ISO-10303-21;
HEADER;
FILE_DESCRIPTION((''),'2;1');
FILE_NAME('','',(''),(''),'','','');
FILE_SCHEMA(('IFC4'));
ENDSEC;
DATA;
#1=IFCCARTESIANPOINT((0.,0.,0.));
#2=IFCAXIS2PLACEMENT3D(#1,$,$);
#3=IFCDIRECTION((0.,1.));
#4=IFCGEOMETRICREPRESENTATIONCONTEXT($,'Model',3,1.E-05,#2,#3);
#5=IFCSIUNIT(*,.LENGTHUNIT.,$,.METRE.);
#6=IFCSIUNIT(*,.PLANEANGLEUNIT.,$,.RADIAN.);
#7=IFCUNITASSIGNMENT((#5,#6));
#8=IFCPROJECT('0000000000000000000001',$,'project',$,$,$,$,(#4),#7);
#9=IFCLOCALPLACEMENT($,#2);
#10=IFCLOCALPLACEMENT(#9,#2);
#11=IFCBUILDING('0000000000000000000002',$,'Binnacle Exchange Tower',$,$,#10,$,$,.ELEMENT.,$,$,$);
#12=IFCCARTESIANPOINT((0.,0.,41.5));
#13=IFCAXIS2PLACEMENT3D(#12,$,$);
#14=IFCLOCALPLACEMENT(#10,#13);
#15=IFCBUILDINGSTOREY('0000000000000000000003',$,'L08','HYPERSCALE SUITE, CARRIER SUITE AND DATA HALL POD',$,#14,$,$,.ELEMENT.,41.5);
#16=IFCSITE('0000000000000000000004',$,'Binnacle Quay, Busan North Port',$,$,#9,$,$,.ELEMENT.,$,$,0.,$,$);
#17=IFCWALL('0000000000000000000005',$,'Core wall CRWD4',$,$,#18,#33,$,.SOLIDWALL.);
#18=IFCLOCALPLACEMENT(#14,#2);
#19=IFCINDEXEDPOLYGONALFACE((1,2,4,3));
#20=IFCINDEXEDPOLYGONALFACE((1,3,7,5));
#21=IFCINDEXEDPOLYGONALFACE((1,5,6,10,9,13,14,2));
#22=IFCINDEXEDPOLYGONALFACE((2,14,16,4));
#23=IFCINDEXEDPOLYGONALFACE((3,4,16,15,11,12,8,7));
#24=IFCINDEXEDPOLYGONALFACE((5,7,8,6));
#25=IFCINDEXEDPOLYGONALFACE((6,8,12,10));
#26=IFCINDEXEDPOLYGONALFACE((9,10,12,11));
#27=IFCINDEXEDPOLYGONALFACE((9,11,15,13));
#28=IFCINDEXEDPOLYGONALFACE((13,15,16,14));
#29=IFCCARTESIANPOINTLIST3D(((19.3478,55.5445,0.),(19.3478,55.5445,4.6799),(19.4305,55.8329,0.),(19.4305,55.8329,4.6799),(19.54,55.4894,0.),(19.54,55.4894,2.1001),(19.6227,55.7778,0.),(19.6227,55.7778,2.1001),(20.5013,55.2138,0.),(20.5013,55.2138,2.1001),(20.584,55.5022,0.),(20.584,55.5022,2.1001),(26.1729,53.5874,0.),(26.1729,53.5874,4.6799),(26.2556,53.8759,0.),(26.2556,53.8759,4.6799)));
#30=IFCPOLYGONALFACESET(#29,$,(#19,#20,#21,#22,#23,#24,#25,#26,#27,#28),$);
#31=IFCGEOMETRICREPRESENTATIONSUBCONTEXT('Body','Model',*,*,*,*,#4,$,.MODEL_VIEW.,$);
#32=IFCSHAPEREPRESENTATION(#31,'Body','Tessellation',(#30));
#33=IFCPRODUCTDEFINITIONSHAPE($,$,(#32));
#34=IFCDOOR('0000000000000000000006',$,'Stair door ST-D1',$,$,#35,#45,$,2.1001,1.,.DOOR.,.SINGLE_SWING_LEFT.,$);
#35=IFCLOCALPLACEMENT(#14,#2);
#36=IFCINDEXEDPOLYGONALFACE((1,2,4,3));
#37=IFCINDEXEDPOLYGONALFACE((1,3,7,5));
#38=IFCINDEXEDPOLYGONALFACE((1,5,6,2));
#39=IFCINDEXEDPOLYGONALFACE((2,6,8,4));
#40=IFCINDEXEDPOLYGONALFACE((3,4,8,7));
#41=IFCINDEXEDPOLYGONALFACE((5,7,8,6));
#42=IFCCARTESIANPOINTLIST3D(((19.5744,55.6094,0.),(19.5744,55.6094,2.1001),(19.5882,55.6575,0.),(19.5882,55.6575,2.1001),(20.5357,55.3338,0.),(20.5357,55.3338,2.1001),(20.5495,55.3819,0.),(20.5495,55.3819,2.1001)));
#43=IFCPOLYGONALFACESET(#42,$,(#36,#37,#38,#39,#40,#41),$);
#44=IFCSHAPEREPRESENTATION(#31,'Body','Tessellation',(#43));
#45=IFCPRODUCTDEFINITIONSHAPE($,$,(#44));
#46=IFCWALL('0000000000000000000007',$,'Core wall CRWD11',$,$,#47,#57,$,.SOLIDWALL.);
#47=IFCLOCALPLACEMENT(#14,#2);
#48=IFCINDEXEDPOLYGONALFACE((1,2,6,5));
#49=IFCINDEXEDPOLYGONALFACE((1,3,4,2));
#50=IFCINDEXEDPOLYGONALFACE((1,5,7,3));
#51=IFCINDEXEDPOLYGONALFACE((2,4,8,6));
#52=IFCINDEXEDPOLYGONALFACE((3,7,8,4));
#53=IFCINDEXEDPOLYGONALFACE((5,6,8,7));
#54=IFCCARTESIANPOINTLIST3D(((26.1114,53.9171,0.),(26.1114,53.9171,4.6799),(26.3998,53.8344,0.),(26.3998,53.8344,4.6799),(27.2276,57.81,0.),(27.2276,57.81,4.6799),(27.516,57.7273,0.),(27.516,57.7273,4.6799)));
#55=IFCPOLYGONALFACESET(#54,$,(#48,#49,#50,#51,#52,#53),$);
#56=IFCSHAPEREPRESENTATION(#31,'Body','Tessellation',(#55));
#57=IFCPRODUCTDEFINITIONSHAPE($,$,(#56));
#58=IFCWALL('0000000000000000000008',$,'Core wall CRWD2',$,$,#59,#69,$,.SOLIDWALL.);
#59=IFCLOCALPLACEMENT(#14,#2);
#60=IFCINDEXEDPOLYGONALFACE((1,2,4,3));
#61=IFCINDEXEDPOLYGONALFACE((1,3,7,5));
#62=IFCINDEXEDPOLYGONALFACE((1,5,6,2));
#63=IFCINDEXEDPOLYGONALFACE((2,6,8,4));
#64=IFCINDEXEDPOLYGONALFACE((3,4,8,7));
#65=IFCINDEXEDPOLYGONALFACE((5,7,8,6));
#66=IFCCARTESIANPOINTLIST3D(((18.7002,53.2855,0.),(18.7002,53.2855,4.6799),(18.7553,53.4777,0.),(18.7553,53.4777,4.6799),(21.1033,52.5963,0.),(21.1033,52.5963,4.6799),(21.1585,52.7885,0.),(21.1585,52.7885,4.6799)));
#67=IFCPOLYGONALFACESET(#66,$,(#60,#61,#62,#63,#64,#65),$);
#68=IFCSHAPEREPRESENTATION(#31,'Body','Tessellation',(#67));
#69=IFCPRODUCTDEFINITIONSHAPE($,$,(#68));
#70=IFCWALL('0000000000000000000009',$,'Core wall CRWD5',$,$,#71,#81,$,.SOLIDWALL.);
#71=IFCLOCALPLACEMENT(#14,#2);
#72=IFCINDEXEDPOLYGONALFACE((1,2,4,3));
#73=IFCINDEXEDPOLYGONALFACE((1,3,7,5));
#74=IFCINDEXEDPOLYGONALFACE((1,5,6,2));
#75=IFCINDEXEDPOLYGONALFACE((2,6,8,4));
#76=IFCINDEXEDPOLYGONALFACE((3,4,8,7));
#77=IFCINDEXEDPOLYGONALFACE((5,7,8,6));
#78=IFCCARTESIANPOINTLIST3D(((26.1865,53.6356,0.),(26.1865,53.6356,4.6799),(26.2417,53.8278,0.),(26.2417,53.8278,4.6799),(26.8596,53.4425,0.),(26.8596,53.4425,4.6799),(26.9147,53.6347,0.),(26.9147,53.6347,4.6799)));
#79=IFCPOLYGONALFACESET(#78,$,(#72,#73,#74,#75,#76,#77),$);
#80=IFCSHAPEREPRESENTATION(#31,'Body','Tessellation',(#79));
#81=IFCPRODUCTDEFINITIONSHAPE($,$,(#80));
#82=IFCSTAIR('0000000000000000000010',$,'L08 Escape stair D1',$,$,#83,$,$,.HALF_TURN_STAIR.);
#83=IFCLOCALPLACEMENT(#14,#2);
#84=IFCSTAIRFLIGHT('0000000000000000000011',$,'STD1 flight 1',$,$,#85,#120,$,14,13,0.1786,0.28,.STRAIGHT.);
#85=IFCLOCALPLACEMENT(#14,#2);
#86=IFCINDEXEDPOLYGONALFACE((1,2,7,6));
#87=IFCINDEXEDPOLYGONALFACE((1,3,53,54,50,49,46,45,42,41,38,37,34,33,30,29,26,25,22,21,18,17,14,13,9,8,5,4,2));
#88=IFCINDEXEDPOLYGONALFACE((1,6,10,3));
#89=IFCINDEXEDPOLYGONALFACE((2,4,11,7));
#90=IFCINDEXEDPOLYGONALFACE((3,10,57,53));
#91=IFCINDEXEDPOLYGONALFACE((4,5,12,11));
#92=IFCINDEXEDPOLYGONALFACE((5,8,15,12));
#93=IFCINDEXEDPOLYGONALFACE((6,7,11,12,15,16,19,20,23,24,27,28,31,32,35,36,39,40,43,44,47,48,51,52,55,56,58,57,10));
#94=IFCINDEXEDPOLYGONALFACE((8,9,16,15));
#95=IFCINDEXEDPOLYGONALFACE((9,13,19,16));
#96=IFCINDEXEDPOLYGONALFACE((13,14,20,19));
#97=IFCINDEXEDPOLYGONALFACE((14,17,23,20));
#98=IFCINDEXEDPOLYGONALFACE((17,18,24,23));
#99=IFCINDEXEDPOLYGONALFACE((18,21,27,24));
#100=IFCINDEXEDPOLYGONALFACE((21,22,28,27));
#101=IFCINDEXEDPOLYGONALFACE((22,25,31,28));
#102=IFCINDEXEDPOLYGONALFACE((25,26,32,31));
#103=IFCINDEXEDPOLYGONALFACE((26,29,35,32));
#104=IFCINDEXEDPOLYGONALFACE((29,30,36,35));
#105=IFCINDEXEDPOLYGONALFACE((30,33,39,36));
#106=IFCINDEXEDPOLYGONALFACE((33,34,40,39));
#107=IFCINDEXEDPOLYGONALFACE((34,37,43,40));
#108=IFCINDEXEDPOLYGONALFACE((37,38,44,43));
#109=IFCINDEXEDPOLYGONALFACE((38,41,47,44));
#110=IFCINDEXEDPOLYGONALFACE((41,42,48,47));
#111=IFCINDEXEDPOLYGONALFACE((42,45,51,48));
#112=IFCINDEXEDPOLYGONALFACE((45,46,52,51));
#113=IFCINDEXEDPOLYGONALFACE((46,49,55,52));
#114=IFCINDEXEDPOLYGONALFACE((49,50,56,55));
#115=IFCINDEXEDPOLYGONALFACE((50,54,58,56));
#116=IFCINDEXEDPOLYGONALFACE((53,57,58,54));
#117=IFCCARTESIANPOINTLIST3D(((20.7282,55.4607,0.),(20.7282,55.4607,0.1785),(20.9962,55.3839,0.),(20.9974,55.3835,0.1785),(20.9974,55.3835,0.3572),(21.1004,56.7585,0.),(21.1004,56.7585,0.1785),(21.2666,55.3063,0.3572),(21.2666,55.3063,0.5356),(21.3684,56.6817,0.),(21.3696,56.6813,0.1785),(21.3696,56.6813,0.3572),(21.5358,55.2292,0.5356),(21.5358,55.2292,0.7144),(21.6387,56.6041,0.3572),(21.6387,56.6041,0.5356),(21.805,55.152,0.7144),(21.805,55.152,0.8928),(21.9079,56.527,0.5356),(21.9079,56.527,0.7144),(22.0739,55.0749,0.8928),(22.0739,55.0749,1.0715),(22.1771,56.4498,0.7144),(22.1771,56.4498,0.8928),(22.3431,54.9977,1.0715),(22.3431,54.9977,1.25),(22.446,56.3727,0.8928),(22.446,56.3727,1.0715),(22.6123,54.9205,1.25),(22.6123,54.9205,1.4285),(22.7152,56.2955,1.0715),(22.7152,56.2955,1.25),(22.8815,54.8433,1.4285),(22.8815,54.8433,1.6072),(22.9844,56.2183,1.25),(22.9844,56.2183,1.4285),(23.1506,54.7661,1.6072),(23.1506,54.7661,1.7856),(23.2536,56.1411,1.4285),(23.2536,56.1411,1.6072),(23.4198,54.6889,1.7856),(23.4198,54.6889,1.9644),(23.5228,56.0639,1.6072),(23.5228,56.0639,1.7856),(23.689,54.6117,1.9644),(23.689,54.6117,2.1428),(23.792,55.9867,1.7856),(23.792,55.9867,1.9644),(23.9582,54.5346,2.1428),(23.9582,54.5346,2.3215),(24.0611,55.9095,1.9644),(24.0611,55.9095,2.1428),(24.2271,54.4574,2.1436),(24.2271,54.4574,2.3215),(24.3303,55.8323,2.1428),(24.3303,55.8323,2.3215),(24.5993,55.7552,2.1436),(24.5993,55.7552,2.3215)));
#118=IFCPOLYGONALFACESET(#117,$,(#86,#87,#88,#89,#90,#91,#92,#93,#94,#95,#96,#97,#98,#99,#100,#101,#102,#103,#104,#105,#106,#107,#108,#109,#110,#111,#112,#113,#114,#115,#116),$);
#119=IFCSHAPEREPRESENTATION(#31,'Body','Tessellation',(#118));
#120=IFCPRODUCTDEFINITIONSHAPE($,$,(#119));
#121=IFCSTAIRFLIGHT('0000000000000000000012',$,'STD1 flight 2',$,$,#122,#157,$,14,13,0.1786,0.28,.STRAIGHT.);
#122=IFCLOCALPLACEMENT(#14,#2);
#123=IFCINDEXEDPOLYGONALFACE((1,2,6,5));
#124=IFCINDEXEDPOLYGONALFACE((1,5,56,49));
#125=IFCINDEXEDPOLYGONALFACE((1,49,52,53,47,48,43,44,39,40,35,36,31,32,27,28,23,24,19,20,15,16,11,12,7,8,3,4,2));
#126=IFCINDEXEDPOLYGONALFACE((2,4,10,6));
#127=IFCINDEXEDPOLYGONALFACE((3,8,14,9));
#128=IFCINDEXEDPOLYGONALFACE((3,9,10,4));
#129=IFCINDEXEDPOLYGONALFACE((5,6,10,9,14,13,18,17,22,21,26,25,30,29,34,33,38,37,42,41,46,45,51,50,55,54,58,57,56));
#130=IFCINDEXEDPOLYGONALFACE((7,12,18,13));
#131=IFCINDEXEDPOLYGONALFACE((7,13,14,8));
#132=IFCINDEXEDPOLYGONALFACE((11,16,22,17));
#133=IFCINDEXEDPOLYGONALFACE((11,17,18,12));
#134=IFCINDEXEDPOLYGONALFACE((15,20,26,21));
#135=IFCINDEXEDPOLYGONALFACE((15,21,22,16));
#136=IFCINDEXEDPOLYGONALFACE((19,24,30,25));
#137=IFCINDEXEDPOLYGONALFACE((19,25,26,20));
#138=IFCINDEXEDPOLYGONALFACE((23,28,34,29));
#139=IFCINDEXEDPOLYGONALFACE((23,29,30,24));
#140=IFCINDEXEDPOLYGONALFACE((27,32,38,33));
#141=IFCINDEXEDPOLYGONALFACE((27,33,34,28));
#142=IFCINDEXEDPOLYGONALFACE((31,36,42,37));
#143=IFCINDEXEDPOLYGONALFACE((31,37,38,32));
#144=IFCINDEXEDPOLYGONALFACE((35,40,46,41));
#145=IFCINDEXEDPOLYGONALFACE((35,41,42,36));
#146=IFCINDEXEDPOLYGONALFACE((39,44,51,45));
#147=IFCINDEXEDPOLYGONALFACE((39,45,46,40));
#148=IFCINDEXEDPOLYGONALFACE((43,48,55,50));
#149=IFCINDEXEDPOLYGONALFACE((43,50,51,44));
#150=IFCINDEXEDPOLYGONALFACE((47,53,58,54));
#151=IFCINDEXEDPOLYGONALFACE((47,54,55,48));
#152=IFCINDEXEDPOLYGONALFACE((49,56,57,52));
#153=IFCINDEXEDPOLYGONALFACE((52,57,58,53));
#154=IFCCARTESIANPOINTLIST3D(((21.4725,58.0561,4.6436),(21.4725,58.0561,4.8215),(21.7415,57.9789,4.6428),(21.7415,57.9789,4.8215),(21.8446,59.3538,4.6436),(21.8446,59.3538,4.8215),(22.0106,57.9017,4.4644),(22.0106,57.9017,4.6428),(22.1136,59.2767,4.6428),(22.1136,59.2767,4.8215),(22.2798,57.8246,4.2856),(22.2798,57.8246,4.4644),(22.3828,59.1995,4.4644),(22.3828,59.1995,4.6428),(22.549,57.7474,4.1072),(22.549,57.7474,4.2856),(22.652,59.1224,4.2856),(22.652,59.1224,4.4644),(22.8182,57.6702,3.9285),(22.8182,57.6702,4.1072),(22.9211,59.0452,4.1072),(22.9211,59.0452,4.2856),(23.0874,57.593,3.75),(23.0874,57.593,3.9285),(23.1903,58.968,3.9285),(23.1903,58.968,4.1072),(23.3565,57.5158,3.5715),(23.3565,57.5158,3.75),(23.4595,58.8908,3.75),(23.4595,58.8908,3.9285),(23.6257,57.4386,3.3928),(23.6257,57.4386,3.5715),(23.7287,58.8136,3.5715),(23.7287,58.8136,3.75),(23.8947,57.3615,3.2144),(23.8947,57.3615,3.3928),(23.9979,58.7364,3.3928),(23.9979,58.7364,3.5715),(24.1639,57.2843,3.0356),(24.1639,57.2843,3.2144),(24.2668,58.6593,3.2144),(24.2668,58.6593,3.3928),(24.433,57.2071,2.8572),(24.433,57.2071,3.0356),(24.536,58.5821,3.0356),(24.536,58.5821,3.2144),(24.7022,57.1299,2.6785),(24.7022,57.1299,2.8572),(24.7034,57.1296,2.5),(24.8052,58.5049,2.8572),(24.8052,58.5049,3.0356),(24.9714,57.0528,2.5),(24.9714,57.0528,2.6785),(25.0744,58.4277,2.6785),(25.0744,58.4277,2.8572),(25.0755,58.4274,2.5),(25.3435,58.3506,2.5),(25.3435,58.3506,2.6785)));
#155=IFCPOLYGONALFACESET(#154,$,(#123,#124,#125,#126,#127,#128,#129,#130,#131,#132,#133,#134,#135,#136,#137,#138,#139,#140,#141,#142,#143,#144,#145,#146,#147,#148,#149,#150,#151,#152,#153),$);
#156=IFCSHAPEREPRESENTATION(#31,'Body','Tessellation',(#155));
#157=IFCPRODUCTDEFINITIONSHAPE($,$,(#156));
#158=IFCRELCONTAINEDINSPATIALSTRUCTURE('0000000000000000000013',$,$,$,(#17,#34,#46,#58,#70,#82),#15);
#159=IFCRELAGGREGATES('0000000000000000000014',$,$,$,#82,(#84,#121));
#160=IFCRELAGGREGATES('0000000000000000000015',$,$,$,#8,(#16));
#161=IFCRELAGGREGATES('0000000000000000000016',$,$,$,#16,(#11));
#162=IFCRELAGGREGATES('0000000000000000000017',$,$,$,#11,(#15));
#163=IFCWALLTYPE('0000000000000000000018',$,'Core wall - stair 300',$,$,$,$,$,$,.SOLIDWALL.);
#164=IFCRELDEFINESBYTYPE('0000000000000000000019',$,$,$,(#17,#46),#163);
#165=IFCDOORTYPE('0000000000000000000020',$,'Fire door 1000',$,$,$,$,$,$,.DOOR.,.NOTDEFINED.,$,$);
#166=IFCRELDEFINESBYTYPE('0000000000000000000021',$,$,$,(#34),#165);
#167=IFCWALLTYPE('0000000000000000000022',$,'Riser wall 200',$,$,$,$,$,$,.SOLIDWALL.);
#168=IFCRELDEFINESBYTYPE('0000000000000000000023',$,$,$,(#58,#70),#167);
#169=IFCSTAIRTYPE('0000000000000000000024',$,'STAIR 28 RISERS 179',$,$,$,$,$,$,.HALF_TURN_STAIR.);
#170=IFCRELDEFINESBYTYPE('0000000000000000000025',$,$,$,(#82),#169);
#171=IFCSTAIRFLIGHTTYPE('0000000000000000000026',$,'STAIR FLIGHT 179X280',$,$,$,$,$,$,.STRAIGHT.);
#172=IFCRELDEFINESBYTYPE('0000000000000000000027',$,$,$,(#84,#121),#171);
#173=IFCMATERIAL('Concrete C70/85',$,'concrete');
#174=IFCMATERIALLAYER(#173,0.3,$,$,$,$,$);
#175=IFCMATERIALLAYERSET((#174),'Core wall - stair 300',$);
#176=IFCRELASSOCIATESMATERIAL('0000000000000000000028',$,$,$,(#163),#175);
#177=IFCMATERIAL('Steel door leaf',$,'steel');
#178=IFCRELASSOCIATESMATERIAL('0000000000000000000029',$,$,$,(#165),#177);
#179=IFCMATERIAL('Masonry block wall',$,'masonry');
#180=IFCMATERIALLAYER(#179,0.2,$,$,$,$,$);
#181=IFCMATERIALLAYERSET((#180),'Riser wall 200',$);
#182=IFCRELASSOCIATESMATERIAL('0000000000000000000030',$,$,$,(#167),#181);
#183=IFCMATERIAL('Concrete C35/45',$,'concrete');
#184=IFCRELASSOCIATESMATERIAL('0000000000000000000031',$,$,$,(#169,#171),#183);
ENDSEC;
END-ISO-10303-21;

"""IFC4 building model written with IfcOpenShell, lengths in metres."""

from ifc_helpers import new_model, si_unit, direction, frame, frame_2d, origin, place, context, subcontext, project, spatial, polyline, rectangle, outline, extrude, material, layer, layer_set, type_object, element, fill, aggregate, save


model = new_model("IFC4")

# Units and contexts
model_context = context("Model", 3, precision=1e-05, world=origin(), true_north=direction((0.0, 1.0)))
body_context = subcontext(model_context, "Body", "Model", "MODEL_VIEW")
ifc_project = project(units=[si_unit("LENGTHUNIT", "METRE"), si_unit("PLANEANGLEUNIT", "RADIAN")], contexts=[model_context])

# Site, building, storey
site_placement = place(None, origin())
site = spatial("IfcSite", under=ifc_project, at=site_placement, Name="Binnacle Quay, Busan North Port", CompositionType="ELEMENT", RefElevation=0.0)
building_placement = place(site_placement, origin())
building = spatial("IfcBuilding", under=site, at=building_placement, Name="Binnacle Exchange Tower", CompositionType="ELEMENT")
storey_placement = place(building_placement, frame((0.0, 0.0, 41.5)))
storey = spatial("IfcBuildingStorey", under=building, at=storey_placement, Name="L08", Description="HYPERSCALE SUITE, CARRIER SUITE AND DATA HALL POD", CompositionType="ELEMENT", Elevation=41.5)

# Shared definitions
ifc_material_1 = material(Name="Concrete C70/85", Category="concrete")

# Wall, opening, door
ifc_layer_1 = layer(ifc_material_1, 0.3)
ifc_layer_set_1 = layer_set([ifc_layer_1], Name="Core wall - stair 300")
wall_type_1 = type_object("IfcWallType", Name="Core wall - stair 300", PredefinedType="SOLIDWALL", material=ifc_layer_set_1)
wall_1_placement = place(storey_placement, frame((19.3892, 55.6887, 0.0), z_axis=(0.0, 0.0, 1.0), x_axis=(0.961261, -0.275638, 0.0)))
wall_1 = element("IfcWall", 1, at=wall_1_placement, inside=storey, type_object=wall_type_1, Name="Core wall CRWD4", PredefinedType="SOLIDWALL", context=body_context, shape_type="SweptSolid", body=[
    extrude(rectangle(XDim=7.1001, YDim=0.3, at=frame_2d((3.55, 0.0))), origin(), (0.0, 0.0, 1.0), 4.6799),
])
opening_placement = place(wall_1_placement, frame((0.2, 0.0, 0.0)))
opening = element("IfcOpeningElement", 2, at=opening_placement, cuts=wall_1, PredefinedType="OPENING", context=body_context, shape_type="SweptSolid", body=[
    extrude(rectangle(XDim=1.0, YDim=2.1001, at=frame_2d((0.5, 1.05))), frame((0.0, 0.1599, 0.0), z_axis=(0.0, -1.0, 0.0), x_axis=(1.0, 0.0, 0.0)), (0.0, 0.0, 1.0), 0.3201),
])
ifc_material_2 = material(Name="Steel door leaf", Category="steel")
door_type = type_object("IfcDoorType", Name="Fire door 1000", OperationType="NOTDEFINED", PredefinedType="DOOR", material=ifc_material_2)
door_placement = place(opening_placement, origin())
door = element("IfcDoor", 3, at=door_placement, inside=storey, type_object=door_type, Name="Stair door ST-D1", OperationType="SINGLE_SWING_LEFT", OverallHeight=2.1001, OverallWidth=1.0, PredefinedType="DOOR", context=body_context, shape_type="SweptSolid", body=[
    extrude(rectangle(XDim=1.0, YDim=2.1001, at=frame_2d((0.5, 1.05))), frame((0.0, 0.0249, 0.0), z_axis=(0.0, -1.0, 0.0), x_axis=(1.0, 0.0, 0.0)), (0.0, 0.0, 1.0), 0.05),
])
fill(opening, door)

# Walls
wall_2_placement = place(storey_placement, frame((26.2556, 53.8757, 0.0), z_axis=(0.0, 0.0, 1.0), x_axis=(0.275613, 0.961269, 0.0)))
element("IfcWall", 4, at=wall_2_placement, inside=storey, type_object=wall_type_1, Name="Core wall CRWD11", PredefinedType="SOLIDWALL", context=body_context, shape_type="SweptSolid", body=[
    extrude(rectangle(XDim=4.0498, YDim=0.3, at=frame_2d((2.0249, 0.0))), origin(), (0.0, 0.0, 1.0), 4.6799),
])
ifc_material_3 = material(Name="Masonry block wall", Category="masonry")
ifc_layer_2 = layer(ifc_material_3, 0.2)
ifc_layer_set_2 = layer_set([ifc_layer_2], Name="Riser wall 200")
wall_type_2 = type_object("IfcWallType", Name="Riser wall 200", PredefinedType="SOLIDWALL", material=ifc_layer_set_2)
wall_3_placement = place(storey_placement, frame((18.7278, 53.3816, 0.0), z_axis=(0.0, 0.0, 1.0), x_axis=(0.961247, -0.275688, 0.0)))
element("IfcWall", 5, at=wall_3_placement, inside=storey, type_object=wall_type_2, Name="Core wall CRWD2", PredefinedType="SOLIDWALL", context=body_context, shape_type="SweptSolid", body=[
    extrude(rectangle(XDim=2.5, YDim=0.2, at=frame_2d((1.25, 0.0))), origin(), (0.0, 0.0, 1.0), 4.6799),
])
wall_4_placement = place(storey_placement, frame((26.2141, 53.7317, 0.0), z_axis=(0.0, 0.0, 1.0), x_axis=(0.961221, -0.27578, 0.0)))
element("IfcWall", 6, at=wall_4_placement, inside=storey, type_object=wall_type_2, Name="Core wall CRWD5", PredefinedType="SOLIDWALL", context=body_context, shape_type="SweptSolid", body=[
    extrude(rectangle(XDim=0.7002, YDim=0.2, at=frame_2d((0.3501, 0.0))), origin(), (0.0, 0.0, 1.0), 4.6799),
])

# Stair, stair flights
ifc_material_4 = material(Name="Concrete C35/45", Category="concrete")
stair_type = type_object("IfcStairType", Name="STAIR 28 RISERS 179", PredefinedType="HALF_TURN_STAIR", material=ifc_material_4)
stair_placement = place(storey_placement, origin())
stair = element("IfcStair", 7, at=stair_placement, inside=storey, type_object=stair_type, Name="L08 Escape stair D1", PredefinedType="HALF_TURN_STAIR")
stair_flight_type = type_object("IfcStairFlightType", Name="STAIR FLIGHT 179X280", PredefinedType="STRAIGHT", material=ifc_material_4)
stair_flight_1_placement = place(storey_placement, frame((20.9143, 56.1096, 0.0), z_axis=(0.0, 0.0, 1.0), x_axis=(0.961262, -0.275637, 0.0)))
stair_flight_1 = element("IfcStairFlight", 8, at=stair_flight_1_placement, type_object=stair_flight_type, Name="STD1 flight 1", NumberOfRisers=14, NumberOfTreads=13, PredefinedType="STRAIGHT", RiserHeight=0.1786, TreadLength=0.28, context=body_context, shape_type="SweptSolid", body=[
    extrude(outline(polyline([(0.0, 0.0), (0.0, 0.1785), (0.28, 0.1785), (0.28, 0.3572), (0.5601, 0.3572), (0.5601, 0.5356), (0.8401, 0.5356), (0.8401, 0.7144), (1.1201, 0.7144), (1.1201, 0.8928), (1.3999, 0.8928), (1.3999, 1.0715), (1.6799, 1.0715), (1.6799, 1.25), (1.96, 1.25), (1.96, 1.4285), (2.24, 1.4285), (2.24, 1.6072), (2.52, 1.6072), (2.52, 1.7856), (2.8, 1.7856), (2.8, 1.9644), (3.0801, 1.9644), (3.0801, 2.1428), (3.3601, 2.1428), (3.3601, 2.3215), (3.6399, 2.3215), (3.6399, 2.5), (3.6399, 2.1436), (0.2788, 0.0), (0.0, 0.0)])), frame((0.0, 0.675, 0.0), z_axis=(0.0, -1.0, 0.0), x_axis=(1.0, 0.0, 0.0)), (0.0, 0.0, 1.0), 1.3501),
])
stair_flight_2_placement = place(storey_placement, frame((25.1575, 57.7017, 2.5), z_axis=(0.0, 0.0, 1.0), x_axis=(-0.961262, 0.275637, 0.0)))
stair_flight_2 = element("IfcStairFlight", 9, at=stair_flight_2_placement, type_object=stair_flight_type, Name="STD1 flight 2", NumberOfRisers=14, NumberOfTreads=13, PredefinedType="STRAIGHT", RiserHeight=0.1786, TreadLength=0.28, context=body_context, shape_type="SweptSolid", body=[
    extrude(outline(polyline([(0.0, 0.0), (0.0, 0.1785), (0.28, 0.1785), (0.28, 0.3572), (0.5601, 0.3572), (0.5601, 0.5356), (0.8401, 0.5356), (0.8401, 0.7144), (1.1201, 0.7144), (1.1201, 0.8928), (1.3999, 0.8928), (1.3999, 1.0715), (1.6799, 1.0715), (1.6799, 1.25), (1.96, 1.25), (1.96, 1.4285), (2.24, 1.4285), (2.24, 1.6072), (2.52, 1.6072), (2.52, 1.7856), (2.8, 1.7856), (2.8, 1.9644), (3.0801, 1.9644), (3.0801, 2.1428), (3.3601, 2.1428), (3.3601, 2.3215), (3.6399, 2.3215), (3.6399, 2.5), (3.6399, 2.1436), (0.2788, 0.0), (0.0, 0.0)])), frame((0.0, 0.675, 0.0), z_axis=(0.0, -1.0, 0.0), x_axis=(1.0, 0.0, 0.0)), (0.0, 0.0, 1.0), 1.3501),
])
aggregate(stair, [stair_flight_1, stair_flight_2])

save(model, "model.ifc")
